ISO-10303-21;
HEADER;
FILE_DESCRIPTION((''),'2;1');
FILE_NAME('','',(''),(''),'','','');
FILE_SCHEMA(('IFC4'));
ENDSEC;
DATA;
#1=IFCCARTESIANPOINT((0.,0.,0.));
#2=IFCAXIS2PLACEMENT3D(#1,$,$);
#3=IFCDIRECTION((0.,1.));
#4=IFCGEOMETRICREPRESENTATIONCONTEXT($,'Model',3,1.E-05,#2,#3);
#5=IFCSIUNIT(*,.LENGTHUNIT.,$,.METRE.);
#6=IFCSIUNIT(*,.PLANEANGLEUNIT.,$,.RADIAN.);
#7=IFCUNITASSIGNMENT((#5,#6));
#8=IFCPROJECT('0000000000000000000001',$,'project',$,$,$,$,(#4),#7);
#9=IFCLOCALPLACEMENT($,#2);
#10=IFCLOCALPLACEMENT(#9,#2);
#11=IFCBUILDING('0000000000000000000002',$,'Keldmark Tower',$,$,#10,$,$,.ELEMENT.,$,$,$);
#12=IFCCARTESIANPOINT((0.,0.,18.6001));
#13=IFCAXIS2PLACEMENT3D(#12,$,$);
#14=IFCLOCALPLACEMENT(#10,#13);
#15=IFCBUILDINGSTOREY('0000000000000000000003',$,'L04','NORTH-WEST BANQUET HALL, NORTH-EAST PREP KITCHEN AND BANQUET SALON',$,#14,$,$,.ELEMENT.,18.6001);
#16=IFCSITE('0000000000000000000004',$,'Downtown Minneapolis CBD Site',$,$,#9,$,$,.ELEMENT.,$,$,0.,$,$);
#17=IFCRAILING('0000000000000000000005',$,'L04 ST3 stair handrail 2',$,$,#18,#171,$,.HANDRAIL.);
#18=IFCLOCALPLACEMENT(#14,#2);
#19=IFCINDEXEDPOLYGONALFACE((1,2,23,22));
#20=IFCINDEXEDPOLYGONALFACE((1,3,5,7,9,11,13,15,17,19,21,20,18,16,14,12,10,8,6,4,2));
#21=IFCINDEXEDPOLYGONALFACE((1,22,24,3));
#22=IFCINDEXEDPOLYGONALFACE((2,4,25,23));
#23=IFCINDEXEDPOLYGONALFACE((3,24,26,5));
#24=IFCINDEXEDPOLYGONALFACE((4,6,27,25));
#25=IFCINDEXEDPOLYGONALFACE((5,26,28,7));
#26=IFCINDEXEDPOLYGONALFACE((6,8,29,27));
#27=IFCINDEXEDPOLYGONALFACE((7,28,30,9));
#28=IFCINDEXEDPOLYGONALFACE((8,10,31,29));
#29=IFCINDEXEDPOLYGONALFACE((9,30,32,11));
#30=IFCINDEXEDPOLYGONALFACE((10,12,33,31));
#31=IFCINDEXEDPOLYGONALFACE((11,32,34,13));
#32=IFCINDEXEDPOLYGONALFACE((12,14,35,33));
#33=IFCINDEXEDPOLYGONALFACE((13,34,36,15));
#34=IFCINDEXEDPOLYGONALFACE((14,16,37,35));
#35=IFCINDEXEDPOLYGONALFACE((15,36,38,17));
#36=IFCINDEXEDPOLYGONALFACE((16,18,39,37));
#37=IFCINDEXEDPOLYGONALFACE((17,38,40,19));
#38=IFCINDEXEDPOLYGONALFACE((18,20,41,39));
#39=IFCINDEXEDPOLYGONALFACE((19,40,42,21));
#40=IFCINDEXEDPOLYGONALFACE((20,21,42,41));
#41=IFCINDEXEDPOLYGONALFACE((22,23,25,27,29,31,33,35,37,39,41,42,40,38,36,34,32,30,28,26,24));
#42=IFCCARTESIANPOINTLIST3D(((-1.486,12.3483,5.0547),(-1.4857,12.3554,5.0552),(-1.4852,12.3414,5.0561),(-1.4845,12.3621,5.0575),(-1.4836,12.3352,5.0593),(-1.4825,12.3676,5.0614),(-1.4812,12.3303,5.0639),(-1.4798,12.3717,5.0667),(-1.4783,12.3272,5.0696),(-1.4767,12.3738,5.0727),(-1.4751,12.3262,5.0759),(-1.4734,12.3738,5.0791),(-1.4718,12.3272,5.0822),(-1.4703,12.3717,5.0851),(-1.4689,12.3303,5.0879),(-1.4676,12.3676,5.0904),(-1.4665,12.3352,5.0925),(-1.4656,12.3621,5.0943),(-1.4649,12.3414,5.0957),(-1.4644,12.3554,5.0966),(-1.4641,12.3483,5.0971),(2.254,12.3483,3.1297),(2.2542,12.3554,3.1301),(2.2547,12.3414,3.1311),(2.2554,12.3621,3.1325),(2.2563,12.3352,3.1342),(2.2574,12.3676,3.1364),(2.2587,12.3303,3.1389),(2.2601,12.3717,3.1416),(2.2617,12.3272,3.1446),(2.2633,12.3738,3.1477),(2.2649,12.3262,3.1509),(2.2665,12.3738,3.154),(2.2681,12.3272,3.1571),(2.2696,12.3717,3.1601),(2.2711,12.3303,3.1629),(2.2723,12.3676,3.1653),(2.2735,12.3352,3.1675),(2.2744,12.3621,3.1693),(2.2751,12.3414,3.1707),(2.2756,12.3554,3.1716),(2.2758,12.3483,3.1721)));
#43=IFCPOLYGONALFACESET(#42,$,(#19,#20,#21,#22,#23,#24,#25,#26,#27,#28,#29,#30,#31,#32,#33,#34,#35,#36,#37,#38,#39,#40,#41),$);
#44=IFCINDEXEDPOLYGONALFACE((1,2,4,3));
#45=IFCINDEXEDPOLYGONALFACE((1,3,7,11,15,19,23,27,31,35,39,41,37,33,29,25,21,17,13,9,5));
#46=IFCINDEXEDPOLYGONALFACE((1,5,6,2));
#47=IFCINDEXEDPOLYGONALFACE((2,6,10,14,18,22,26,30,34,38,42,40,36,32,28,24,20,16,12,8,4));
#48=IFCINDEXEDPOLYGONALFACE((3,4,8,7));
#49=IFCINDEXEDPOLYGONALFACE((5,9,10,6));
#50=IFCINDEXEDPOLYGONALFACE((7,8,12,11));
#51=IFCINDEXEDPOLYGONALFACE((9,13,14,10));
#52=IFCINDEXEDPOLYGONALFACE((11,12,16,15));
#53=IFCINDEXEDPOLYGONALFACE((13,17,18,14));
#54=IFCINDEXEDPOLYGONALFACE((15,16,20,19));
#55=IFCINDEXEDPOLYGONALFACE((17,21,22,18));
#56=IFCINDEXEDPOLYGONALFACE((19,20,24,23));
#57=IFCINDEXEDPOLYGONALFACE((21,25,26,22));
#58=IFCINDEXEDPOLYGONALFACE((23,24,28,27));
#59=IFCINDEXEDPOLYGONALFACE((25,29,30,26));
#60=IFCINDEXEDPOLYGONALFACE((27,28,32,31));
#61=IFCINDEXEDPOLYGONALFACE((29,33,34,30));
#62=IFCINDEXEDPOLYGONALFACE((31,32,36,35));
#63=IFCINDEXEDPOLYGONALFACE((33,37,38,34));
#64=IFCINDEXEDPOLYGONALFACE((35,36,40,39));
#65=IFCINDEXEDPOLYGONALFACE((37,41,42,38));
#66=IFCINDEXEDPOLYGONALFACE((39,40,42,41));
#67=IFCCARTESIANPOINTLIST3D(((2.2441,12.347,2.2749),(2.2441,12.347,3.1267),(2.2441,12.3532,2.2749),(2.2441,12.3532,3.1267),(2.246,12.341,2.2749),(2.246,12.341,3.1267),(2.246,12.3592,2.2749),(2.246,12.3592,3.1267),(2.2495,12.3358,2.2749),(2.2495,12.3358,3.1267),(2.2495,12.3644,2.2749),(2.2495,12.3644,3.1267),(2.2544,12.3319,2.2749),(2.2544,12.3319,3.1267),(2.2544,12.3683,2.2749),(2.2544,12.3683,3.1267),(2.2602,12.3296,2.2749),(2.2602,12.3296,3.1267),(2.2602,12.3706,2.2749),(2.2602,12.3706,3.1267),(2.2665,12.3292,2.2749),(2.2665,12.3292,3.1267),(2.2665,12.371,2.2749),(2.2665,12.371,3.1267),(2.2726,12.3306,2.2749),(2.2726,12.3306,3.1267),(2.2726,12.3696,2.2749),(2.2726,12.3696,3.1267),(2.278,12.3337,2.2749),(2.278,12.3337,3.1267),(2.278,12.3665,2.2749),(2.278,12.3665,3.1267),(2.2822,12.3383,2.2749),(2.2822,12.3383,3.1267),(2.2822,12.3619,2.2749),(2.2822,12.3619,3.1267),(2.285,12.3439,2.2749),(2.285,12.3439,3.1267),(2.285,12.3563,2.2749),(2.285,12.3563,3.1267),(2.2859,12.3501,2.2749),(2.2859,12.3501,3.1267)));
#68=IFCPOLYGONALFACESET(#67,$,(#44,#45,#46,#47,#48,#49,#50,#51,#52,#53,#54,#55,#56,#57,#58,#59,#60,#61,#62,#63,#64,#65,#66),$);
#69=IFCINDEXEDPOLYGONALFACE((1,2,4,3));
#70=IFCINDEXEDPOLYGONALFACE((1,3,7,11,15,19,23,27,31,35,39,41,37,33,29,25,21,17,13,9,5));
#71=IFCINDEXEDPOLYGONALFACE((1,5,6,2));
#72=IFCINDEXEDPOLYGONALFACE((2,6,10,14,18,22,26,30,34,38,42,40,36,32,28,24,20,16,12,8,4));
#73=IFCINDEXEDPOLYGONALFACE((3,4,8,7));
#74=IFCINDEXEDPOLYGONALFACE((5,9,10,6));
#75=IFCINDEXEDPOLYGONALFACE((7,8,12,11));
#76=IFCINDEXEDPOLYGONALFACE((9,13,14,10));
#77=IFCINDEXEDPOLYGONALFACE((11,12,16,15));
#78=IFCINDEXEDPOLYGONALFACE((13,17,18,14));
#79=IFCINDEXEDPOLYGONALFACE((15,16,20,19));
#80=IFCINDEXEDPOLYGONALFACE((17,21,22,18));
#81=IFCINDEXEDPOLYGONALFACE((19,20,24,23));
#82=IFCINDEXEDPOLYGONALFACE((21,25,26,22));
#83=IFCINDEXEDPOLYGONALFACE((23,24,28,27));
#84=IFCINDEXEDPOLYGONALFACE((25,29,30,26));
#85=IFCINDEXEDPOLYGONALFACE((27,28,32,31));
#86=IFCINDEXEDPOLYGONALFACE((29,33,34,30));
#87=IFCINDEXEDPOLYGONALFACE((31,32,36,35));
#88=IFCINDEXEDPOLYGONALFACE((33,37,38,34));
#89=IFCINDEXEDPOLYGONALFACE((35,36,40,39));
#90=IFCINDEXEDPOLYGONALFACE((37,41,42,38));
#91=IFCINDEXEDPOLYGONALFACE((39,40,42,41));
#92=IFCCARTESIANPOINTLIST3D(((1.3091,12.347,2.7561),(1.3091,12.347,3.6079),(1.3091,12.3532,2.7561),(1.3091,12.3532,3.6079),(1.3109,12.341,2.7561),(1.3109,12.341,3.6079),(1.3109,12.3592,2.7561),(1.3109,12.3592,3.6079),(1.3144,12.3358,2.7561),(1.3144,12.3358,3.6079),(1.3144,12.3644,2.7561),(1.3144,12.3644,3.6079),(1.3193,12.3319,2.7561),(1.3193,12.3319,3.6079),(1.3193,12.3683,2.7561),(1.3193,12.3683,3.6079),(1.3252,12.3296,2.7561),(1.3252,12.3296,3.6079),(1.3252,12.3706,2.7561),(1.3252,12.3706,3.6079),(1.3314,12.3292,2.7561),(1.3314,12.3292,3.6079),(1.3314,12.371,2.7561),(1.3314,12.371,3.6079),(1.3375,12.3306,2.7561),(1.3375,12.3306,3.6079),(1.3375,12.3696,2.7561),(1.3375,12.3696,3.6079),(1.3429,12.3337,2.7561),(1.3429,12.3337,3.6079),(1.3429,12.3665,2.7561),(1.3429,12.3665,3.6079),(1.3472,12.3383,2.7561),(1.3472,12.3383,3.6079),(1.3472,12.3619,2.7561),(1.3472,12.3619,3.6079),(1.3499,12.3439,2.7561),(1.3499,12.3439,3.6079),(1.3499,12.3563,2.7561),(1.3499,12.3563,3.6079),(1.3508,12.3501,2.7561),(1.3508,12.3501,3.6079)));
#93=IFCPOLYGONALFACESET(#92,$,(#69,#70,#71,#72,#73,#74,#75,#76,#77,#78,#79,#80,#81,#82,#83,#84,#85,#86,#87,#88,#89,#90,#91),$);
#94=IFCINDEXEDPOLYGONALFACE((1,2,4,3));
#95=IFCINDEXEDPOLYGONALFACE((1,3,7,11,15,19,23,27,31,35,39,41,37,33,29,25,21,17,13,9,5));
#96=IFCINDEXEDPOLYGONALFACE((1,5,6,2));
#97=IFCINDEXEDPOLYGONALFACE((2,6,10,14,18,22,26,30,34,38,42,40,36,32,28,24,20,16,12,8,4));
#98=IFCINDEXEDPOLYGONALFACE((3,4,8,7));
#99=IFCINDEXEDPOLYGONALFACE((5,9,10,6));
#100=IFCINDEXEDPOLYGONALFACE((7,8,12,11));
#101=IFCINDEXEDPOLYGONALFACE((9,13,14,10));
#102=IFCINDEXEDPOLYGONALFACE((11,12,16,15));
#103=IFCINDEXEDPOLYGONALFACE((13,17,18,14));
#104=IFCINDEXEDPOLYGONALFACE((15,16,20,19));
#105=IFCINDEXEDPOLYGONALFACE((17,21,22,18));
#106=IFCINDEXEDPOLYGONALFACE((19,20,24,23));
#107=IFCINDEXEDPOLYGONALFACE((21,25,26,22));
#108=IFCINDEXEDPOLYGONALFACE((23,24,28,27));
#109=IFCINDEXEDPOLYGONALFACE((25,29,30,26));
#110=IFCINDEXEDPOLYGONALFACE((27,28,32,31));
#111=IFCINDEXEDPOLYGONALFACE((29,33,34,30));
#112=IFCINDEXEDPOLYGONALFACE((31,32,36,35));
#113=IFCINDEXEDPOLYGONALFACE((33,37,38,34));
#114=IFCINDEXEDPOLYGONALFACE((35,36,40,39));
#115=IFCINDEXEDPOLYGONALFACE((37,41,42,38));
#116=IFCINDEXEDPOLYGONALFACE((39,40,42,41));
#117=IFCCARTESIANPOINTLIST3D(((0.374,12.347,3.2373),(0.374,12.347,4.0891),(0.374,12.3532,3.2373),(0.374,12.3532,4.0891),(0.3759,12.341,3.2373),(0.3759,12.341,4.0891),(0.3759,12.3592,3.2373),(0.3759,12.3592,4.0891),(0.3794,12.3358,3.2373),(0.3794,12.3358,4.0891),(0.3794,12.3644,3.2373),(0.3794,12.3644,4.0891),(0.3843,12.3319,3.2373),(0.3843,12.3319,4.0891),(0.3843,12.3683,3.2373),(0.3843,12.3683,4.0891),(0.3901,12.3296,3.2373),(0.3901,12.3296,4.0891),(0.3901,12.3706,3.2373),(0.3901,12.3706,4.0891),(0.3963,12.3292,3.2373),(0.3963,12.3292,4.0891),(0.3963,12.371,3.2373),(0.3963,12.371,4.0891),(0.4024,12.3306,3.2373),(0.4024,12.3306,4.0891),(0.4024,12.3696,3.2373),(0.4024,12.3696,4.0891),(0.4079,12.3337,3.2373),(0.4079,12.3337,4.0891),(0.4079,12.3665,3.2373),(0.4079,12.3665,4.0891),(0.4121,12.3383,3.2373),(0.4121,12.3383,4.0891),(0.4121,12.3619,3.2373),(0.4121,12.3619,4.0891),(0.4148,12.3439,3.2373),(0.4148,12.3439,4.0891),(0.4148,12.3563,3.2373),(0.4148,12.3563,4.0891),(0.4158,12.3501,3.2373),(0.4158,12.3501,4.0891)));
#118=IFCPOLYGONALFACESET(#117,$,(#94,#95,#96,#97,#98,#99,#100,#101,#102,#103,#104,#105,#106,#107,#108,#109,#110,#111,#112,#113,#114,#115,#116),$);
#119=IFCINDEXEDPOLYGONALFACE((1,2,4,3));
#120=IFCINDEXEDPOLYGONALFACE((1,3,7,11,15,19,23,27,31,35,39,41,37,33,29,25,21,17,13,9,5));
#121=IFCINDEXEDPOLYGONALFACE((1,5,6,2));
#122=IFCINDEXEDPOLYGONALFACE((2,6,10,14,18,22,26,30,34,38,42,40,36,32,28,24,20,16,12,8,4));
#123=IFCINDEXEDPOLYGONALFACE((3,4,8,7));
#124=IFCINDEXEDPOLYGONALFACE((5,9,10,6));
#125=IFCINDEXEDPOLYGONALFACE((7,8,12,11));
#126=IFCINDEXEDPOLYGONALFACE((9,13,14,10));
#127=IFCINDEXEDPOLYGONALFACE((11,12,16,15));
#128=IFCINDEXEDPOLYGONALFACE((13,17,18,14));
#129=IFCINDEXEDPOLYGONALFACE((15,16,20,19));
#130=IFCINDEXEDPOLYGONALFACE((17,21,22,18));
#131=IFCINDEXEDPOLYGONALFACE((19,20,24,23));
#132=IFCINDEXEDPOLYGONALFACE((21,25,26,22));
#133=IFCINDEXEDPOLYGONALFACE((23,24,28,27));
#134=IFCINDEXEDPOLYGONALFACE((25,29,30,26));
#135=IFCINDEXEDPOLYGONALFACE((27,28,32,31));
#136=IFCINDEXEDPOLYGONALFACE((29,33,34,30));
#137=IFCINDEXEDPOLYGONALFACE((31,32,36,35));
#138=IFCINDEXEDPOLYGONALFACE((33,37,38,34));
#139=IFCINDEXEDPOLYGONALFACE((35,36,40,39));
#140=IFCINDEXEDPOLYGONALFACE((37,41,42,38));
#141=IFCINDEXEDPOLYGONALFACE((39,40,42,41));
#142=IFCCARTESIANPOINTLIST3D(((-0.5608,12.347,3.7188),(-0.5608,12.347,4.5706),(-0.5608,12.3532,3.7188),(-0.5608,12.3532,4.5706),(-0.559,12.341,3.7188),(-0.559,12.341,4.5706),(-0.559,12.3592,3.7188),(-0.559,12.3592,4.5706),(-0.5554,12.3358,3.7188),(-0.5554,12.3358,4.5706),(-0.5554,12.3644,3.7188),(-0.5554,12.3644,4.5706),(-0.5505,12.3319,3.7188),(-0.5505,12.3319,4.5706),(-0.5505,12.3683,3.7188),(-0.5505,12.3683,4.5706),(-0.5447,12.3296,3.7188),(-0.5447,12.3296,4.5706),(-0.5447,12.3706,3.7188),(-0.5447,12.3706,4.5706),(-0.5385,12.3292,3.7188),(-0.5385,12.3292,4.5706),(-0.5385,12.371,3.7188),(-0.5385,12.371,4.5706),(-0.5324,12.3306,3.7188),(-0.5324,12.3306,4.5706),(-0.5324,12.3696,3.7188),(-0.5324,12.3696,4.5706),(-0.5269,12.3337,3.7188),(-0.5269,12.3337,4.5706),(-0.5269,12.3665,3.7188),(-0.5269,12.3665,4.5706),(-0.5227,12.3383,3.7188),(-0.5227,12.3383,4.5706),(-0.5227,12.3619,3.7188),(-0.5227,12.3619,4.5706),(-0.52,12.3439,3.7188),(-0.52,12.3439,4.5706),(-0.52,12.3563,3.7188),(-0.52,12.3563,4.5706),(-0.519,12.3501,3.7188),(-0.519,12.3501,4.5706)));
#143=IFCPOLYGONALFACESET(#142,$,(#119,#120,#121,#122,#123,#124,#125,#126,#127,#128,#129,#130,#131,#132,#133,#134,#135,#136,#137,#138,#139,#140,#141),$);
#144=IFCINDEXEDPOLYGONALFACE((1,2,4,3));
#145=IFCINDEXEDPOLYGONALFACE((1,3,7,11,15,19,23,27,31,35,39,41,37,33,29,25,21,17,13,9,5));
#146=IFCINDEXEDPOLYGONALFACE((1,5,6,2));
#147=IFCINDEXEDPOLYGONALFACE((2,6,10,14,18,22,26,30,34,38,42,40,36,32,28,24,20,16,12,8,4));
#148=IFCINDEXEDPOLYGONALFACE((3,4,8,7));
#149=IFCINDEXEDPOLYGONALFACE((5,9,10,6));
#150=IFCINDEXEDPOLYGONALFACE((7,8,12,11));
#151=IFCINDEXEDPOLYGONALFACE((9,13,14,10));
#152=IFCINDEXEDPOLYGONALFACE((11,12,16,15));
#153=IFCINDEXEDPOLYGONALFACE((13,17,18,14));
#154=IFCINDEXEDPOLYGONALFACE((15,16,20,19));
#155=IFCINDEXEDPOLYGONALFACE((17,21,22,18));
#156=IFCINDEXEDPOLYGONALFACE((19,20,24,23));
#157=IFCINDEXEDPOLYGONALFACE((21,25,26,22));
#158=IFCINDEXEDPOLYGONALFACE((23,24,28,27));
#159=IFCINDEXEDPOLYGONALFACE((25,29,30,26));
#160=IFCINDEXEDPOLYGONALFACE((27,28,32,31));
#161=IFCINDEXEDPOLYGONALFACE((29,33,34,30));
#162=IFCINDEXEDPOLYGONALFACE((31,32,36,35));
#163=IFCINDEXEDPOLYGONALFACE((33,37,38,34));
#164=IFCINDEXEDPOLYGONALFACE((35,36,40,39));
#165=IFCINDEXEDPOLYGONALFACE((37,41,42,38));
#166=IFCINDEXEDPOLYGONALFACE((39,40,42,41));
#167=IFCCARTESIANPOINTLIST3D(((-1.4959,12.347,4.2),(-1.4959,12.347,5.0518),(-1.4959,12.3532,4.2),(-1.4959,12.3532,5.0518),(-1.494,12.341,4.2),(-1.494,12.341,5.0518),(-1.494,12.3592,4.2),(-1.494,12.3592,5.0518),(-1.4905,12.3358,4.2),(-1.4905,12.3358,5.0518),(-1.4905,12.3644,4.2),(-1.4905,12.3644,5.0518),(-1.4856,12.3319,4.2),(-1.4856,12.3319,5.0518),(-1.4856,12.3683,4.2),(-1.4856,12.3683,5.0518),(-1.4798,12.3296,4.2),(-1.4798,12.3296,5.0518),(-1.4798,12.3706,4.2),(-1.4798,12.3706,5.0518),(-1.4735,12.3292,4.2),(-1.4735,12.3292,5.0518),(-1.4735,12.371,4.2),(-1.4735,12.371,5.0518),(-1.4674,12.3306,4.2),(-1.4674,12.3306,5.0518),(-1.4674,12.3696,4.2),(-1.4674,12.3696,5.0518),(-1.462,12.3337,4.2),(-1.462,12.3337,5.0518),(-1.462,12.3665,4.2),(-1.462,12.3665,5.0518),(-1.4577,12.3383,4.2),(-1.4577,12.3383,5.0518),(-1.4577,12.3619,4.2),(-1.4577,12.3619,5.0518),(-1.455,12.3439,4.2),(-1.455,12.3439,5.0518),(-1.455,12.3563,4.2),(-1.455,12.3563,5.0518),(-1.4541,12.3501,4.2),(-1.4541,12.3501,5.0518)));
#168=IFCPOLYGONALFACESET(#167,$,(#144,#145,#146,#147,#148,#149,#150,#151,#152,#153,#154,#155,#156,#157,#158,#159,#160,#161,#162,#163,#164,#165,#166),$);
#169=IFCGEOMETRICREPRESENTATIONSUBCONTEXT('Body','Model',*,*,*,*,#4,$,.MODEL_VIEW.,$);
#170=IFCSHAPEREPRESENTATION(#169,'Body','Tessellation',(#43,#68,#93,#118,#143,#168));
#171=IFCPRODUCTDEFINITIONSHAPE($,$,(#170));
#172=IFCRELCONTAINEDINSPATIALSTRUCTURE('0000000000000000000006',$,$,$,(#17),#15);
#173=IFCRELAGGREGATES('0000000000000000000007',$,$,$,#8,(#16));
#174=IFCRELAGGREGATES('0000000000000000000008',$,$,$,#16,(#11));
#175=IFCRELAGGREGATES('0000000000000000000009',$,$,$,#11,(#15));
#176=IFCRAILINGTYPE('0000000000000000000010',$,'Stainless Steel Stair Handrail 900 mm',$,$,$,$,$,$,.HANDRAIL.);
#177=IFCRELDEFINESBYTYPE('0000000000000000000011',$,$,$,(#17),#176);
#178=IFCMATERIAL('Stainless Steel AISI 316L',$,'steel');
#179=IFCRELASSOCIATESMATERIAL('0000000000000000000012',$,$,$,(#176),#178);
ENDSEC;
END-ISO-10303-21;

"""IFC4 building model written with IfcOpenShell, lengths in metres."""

from ifc_helpers import new_model, si_unit, direction, frame, origin, origin_2d, place, context, subcontext, project, spatial, circle, extrude, material, type_object, element, save


model = new_model("IFC4")

# Units and contexts
model_context = context("Model", 3, precision=1e-05, world=origin(), true_north=direction((0.0, 1.0)))
body_context = subcontext(model_context, "Body", "Model", "MODEL_VIEW")
ifc_project = project(units=[si_unit("LENGTHUNIT", "METRE"), si_unit("PLANEANGLEUNIT", "RADIAN")], contexts=[model_context])

# Site, building, storey
site_placement = place(None, origin())
site = spatial("IfcSite", under=ifc_project, at=site_placement, Name="Downtown Minneapolis CBD Site", CompositionType="ELEMENT", RefElevation=0.0)
building_placement = place(site_placement, origin())
building = spatial("IfcBuilding", under=site, at=building_placement, Name="Keldmark Tower", CompositionType="ELEMENT")
storey_placement = place(building_placement, frame((0.0, 0.0, 18.6001)))
storey = spatial("IfcBuildingStorey", under=building, at=storey_placement, Name="L04", Description="NORTH-WEST BANQUET HALL, NORTH-EAST PREP KITCHEN AND BANQUET SALON", CompositionType="ELEMENT", Elevation=18.6001)

# Railing
ifc_material_1 = material(Name="Stainless Steel AISI 316L", Category="steel")
railing_type_1 = type_object("IfcRailingType", Name="Stainless Steel Stair Handrail 900 mm", PredefinedType="HANDRAIL", material=ifc_material_1)
railing_1_placement = place(storey_placement, frame((2.2649, 12.3501, 2.2749)))
element("IfcRailing", 1, at=railing_1_placement, inside=storey, type_object=railing_type_1, Name="L04 ST3 stair handrail 2", PredefinedType="HANDRAIL", context=body_context, shape_type="SweptSolid", body=[
    extrude(circle(Radius=0.0239, at=origin_2d()), frame((0.0, 0.0, 0.876), z_axis=(-0.889131, 0.0, 0.457654), x_axis=(0.0, -1.0, 0.0)), (0.0, 0.0, 1.0), 4.2063),
    extrude(circle(Radius=0.021, at=origin_2d()), origin(), (0.0, 0.0, 1.0), 0.8518),
    extrude(circle(Radius=0.021, at=origin_2d()), frame((-0.9351, 0.0, 0.4812)), (0.0, 0.0, 1.0), 0.8518),
    extrude(circle(Radius=0.021, at=origin_2d()), frame((-1.8701, 0.0, 0.9624)), (0.0, 0.0, 1.0), 0.8518),
    extrude(circle(Radius=0.021, at=origin_2d()), frame((-2.8049, 0.0, 1.4438)), (0.0, 0.0, 1.0), 0.8518),
    extrude(circle(Radius=0.021, at=origin_2d()), frame((-3.74, 0.0, 1.925)), (0.0, 0.0, 1.0), 0.8518),
])

save(model, "model.ifc")
